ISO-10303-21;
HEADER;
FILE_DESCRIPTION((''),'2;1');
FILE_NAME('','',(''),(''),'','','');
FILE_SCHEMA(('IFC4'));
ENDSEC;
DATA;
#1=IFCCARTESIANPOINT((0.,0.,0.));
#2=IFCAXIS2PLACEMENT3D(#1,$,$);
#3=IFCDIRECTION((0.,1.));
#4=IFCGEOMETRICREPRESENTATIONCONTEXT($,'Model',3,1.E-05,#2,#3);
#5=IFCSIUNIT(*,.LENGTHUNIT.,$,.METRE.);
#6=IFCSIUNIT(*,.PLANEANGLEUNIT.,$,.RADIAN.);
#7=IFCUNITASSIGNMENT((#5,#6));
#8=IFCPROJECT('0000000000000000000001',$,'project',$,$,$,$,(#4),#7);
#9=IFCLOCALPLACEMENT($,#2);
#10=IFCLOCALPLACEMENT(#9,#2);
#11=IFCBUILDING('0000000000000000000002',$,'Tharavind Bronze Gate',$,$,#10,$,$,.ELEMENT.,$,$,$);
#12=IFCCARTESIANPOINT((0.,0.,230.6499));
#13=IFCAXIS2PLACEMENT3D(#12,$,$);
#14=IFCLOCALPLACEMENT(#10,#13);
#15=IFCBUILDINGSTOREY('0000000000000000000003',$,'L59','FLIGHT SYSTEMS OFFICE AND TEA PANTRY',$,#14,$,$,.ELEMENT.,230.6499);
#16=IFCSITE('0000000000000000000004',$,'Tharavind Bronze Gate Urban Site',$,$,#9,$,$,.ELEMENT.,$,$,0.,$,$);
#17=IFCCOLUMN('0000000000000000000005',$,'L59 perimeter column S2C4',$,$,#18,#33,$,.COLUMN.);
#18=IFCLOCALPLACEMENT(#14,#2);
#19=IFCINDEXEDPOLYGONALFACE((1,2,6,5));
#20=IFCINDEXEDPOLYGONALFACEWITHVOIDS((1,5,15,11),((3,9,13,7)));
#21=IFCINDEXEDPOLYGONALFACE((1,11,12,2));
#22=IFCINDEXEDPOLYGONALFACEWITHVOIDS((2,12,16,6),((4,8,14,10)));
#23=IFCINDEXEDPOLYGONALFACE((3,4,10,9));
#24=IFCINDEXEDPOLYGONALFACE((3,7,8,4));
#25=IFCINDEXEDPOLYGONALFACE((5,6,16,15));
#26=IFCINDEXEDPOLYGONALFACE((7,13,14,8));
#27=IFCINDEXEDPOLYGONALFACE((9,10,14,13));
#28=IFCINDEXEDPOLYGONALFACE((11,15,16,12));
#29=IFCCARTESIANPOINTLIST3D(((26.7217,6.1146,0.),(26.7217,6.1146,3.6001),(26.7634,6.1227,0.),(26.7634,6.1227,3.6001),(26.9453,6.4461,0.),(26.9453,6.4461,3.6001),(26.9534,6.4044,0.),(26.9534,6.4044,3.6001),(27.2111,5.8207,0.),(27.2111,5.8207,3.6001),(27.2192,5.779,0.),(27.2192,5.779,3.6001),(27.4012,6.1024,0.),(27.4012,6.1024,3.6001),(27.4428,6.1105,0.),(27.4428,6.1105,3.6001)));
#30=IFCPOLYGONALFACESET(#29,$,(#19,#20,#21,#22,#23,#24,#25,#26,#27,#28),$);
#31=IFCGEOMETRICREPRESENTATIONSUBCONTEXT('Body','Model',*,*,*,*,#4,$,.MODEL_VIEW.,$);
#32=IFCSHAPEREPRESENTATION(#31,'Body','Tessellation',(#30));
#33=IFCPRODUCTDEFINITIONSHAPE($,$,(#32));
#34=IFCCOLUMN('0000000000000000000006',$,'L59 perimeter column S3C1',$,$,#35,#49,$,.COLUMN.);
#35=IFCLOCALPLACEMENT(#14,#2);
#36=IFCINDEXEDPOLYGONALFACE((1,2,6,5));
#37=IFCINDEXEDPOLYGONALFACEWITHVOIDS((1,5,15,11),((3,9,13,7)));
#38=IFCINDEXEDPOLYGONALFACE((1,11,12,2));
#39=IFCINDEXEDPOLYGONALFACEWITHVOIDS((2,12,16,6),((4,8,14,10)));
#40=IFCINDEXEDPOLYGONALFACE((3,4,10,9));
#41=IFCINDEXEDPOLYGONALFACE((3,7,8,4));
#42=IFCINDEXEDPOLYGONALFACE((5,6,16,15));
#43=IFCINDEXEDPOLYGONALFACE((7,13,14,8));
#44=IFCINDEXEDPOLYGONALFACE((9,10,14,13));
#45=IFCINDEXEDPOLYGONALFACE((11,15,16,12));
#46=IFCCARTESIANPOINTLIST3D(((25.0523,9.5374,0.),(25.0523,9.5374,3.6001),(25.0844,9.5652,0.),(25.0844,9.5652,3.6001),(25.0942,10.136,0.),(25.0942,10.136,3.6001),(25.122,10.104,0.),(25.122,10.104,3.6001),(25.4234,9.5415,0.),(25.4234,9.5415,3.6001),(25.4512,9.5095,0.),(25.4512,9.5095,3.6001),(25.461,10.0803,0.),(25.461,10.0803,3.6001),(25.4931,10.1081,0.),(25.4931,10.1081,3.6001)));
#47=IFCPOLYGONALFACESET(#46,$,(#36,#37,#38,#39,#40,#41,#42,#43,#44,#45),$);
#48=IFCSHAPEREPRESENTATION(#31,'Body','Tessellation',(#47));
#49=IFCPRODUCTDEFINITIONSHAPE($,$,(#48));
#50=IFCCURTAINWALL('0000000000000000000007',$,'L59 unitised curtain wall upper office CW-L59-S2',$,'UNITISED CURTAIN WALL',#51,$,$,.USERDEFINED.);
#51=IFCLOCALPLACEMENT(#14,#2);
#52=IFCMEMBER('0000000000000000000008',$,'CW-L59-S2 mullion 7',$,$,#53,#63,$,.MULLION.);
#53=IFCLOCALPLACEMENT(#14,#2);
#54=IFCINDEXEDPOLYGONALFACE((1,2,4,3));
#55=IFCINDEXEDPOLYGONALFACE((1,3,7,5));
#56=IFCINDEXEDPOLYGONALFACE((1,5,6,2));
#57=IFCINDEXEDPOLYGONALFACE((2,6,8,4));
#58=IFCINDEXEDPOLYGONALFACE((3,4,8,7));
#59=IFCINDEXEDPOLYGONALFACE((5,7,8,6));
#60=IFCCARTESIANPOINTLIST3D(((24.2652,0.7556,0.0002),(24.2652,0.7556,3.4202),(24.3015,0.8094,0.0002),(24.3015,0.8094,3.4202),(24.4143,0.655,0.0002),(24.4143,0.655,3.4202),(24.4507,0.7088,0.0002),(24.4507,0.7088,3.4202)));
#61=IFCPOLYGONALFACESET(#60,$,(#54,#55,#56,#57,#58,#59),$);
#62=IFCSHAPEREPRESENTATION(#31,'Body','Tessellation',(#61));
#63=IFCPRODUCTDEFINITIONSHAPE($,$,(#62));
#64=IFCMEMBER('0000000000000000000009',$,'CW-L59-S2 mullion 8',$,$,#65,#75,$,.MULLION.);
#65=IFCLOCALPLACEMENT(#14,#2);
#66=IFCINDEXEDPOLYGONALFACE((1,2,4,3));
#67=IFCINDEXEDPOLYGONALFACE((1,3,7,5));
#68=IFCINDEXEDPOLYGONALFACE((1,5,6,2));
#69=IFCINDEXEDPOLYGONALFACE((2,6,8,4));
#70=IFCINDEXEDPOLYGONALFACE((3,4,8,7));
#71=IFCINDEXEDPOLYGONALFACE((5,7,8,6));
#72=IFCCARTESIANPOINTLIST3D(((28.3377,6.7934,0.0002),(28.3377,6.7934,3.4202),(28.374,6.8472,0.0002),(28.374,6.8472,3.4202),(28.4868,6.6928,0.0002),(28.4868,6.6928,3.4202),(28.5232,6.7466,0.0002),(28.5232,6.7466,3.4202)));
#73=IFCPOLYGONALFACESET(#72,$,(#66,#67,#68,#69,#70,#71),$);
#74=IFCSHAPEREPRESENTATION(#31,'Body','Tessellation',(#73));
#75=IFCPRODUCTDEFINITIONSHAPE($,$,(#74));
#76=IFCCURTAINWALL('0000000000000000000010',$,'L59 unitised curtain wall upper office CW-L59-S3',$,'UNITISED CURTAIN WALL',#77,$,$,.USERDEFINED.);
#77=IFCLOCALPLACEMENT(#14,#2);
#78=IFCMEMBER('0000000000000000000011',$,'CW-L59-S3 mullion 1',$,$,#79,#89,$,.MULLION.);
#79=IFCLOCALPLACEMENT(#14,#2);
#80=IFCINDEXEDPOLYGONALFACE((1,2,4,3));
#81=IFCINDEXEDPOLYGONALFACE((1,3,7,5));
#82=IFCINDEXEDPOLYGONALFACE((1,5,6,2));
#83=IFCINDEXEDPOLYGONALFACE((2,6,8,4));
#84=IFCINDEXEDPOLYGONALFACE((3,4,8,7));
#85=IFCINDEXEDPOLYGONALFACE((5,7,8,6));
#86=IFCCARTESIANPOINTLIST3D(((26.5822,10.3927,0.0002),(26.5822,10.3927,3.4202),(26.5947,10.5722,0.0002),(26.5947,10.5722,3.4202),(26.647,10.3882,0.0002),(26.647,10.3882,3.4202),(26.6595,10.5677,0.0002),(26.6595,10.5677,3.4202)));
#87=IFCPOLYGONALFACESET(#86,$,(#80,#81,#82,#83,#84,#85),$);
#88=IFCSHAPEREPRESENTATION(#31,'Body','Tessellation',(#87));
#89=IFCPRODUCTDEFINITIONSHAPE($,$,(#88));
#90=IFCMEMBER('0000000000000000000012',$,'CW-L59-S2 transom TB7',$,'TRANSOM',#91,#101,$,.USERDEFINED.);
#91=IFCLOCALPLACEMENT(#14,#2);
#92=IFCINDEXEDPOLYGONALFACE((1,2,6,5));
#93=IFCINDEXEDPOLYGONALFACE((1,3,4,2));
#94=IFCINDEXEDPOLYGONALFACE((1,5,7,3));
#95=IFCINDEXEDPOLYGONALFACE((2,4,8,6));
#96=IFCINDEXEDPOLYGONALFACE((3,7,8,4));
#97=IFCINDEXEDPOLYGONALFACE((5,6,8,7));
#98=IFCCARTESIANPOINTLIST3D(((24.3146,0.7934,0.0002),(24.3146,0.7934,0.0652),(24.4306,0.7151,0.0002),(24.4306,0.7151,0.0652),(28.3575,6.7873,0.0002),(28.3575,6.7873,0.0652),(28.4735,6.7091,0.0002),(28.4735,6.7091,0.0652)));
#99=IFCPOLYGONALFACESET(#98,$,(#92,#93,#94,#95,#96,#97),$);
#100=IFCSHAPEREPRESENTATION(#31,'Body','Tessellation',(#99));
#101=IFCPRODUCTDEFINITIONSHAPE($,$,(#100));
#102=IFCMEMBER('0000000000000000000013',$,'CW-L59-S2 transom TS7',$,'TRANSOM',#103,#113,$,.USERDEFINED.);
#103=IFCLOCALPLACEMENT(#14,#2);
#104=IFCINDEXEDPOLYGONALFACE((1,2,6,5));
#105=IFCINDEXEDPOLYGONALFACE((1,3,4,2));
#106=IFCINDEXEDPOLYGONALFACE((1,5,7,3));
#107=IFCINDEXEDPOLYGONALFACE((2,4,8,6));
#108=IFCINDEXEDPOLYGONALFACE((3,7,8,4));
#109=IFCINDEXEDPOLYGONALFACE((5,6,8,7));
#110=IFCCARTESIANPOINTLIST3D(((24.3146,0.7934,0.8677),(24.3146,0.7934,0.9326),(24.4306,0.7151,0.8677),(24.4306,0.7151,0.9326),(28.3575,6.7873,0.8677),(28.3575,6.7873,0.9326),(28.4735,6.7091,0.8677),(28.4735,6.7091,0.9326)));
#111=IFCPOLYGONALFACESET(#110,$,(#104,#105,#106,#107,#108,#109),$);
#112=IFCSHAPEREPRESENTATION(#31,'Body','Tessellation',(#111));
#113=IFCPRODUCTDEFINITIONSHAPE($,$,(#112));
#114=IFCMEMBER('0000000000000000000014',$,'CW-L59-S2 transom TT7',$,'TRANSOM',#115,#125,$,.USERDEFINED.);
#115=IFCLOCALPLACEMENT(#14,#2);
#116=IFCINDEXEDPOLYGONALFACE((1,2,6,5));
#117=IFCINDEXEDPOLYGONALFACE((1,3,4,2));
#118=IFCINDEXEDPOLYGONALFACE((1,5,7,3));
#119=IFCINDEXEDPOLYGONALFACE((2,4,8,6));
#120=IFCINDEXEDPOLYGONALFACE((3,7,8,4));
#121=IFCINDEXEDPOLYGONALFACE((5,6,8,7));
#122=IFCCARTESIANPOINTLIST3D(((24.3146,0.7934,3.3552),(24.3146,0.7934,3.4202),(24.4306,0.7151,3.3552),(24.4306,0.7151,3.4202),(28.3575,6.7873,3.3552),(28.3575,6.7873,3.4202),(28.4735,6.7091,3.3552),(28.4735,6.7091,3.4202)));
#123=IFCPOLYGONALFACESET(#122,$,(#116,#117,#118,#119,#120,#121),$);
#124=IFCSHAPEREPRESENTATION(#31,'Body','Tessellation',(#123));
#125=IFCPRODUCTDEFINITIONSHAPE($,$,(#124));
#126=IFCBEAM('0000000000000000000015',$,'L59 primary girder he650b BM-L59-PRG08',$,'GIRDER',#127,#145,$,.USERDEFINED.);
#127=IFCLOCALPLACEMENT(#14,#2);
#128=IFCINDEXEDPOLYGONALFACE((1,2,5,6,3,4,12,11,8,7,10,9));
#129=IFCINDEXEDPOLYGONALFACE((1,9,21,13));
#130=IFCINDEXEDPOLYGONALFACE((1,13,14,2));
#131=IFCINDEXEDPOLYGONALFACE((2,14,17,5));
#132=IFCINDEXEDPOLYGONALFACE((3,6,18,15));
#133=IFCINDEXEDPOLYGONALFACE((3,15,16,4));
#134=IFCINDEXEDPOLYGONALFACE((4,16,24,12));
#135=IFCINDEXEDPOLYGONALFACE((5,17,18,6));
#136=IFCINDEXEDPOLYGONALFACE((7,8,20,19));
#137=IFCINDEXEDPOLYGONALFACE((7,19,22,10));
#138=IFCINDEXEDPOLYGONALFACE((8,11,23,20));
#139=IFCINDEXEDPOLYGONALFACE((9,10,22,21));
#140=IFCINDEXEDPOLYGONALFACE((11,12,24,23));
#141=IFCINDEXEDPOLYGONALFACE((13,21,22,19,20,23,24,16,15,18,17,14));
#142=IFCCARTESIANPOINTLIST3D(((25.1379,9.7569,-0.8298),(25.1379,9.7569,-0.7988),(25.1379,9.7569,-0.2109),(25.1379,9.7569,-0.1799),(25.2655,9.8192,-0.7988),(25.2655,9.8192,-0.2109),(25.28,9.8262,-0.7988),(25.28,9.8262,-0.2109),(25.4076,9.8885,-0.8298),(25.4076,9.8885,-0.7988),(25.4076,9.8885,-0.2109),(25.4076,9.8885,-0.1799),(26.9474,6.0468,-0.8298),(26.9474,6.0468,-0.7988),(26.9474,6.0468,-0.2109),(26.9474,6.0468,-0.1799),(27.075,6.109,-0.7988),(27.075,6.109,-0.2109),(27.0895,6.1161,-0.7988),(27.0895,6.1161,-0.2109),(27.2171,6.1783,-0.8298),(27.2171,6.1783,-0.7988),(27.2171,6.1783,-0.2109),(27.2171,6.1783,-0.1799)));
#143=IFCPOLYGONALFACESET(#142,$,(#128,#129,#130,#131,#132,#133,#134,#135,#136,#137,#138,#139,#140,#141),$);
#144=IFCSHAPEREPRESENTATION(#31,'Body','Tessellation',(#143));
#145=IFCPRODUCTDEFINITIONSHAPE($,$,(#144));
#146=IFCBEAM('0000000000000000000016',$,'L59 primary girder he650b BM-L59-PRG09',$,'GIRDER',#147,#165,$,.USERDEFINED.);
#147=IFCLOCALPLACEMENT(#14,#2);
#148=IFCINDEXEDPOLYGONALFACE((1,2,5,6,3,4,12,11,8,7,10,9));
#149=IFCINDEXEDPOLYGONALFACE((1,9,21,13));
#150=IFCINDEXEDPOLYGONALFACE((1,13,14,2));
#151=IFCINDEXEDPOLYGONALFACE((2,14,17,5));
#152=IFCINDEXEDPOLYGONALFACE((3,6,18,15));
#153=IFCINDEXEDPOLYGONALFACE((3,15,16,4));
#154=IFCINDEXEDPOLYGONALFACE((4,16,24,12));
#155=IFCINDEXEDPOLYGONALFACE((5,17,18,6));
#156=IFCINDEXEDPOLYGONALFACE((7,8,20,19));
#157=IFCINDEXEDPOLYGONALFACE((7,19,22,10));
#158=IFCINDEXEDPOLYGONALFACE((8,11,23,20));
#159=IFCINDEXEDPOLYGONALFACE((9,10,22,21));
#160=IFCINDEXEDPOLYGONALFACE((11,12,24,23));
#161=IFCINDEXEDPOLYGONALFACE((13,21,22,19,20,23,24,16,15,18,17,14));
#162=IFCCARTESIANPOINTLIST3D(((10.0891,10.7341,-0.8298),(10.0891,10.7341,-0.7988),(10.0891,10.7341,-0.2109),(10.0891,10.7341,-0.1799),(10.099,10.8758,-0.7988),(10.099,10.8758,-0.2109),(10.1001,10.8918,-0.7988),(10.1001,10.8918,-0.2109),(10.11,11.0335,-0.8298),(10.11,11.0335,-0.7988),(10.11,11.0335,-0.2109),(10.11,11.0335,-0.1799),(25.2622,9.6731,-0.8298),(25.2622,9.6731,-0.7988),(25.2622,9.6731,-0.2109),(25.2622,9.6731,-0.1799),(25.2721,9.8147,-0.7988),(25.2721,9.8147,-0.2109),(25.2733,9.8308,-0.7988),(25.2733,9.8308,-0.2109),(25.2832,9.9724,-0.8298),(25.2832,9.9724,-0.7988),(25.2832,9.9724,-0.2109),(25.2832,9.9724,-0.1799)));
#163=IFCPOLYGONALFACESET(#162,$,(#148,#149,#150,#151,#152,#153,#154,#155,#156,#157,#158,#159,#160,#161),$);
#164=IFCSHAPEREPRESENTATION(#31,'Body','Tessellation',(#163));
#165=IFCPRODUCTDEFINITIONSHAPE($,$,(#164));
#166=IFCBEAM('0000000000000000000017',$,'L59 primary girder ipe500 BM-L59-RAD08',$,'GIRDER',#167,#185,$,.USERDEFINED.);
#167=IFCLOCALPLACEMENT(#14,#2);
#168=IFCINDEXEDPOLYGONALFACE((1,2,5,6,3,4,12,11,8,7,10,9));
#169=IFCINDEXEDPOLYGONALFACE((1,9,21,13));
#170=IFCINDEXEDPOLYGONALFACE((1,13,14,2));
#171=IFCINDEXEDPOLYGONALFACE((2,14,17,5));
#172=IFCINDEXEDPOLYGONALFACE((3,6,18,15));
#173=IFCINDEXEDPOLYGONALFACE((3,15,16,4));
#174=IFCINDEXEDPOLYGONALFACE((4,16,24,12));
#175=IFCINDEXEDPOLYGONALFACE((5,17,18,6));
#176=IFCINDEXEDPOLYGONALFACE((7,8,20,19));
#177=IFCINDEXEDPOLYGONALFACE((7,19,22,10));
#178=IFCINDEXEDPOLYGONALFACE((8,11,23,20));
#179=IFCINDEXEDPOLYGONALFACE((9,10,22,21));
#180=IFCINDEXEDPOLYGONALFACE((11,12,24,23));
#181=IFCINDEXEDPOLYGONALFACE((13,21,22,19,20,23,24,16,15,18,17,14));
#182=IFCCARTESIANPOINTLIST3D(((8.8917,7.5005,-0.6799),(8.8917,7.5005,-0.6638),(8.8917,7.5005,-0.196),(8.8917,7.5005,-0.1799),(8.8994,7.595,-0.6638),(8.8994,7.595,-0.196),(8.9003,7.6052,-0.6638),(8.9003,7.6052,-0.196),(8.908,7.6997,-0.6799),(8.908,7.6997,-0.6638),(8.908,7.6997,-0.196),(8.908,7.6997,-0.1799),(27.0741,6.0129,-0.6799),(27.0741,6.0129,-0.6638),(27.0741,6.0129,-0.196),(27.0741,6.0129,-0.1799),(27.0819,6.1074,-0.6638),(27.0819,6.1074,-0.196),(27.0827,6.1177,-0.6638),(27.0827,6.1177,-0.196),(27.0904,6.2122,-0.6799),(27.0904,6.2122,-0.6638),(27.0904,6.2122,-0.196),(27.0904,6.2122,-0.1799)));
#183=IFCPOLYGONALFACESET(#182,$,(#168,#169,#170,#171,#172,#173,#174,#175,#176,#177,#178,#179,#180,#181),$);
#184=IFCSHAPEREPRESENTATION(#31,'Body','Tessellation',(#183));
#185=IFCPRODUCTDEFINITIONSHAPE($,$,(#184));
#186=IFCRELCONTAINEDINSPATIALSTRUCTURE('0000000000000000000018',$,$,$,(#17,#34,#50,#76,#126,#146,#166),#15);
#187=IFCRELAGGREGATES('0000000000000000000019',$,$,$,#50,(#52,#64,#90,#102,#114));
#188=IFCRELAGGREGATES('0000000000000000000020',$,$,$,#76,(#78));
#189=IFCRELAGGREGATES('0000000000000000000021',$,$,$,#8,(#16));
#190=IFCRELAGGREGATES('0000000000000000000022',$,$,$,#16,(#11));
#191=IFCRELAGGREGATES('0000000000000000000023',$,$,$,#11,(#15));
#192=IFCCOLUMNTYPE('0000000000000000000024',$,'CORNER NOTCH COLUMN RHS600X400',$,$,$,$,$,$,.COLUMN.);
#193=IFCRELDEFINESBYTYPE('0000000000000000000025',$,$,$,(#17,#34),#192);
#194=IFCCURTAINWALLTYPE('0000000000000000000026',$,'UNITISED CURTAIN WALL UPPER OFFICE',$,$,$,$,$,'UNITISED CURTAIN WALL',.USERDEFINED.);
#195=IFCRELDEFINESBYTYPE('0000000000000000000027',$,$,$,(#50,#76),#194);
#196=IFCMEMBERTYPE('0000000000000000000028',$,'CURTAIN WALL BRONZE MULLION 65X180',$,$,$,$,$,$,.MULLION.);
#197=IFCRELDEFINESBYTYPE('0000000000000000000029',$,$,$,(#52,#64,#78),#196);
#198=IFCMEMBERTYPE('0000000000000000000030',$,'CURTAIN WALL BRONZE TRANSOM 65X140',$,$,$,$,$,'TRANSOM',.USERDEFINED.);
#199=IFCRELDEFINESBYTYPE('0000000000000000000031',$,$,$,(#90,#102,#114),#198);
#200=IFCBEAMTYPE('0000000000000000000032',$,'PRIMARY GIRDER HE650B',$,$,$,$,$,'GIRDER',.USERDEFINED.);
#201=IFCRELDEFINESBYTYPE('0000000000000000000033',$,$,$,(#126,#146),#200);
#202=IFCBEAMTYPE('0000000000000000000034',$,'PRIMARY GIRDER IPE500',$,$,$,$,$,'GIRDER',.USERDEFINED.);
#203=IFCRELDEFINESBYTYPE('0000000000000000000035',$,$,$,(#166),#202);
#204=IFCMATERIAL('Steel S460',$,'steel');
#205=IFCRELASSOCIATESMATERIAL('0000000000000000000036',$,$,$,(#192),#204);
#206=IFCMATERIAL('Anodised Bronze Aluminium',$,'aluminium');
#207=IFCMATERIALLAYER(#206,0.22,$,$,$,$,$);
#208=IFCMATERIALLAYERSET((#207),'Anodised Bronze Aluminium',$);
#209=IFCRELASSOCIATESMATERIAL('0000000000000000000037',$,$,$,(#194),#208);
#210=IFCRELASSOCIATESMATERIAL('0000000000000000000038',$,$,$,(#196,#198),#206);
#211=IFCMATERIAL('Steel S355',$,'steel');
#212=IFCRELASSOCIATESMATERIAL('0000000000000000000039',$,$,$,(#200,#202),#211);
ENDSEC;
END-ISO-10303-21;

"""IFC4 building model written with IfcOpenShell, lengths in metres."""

from ifc_helpers import new_model, si_unit, direction, frame, origin, origin_2d, place, context, subcontext, project, spatial, rectangle, hollow_rectangle, i_section, extrude, material, layer, layer_set, material_profile, profile_set, type_object, element, aggregate, save


model = new_model("IFC4")

# Units and contexts
model_context = context("Model", 3, precision=1e-05, world=origin(), true_north=direction((0.0, 1.0)))
body_context = subcontext(model_context, "Body", "Model", "MODEL_VIEW")
ifc_project = project(units=[si_unit("LENGTHUNIT", "METRE"), si_unit("PLANEANGLEUNIT", "RADIAN")], contexts=[model_context])

# Site, building, storey
site_placement = place(None, origin())
site = spatial("IfcSite", under=ifc_project, at=site_placement, Name="Tharavind Bronze Gate Urban Site", CompositionType="ELEMENT", RefElevation=0.0)
building_placement = place(site_placement, origin())
building = spatial("IfcBuilding", under=site, at=building_placement, Name="Tharavind Bronze Gate", CompositionType="ELEMENT")
storey_placement = place(building_placement, frame((0.0, 0.0, 230.6499)))
storey = spatial("IfcBuildingStorey", under=building, at=storey_placement, Name="L59", Description="FLIGHT SYSTEMS OFFICE AND TEA PANTRY", CompositionType="ELEMENT", Elevation=230.6499)

# Columns
ifc_material_1 = material(Name="Steel S460", Category="steel")
ifc_material_profile_1 = material_profile(ifc_material_1, hollow_rectangle(XDim=0.3999, YDim=0.6001, WallThickness=0.03, at=origin_2d()), Name="RHS600X400X30")
ifc_profile_set_1 = profile_set([ifc_material_profile_1], Name="Steel S460")
column_type = type_object("IfcColumnType", Name="CORNER NOTCH COLUMN RHS600X400", PredefinedType="COLUMN", material=ifc_profile_set_1)
for number, where, z_axis, x_axis, name in (
    (1, (27.0823, 6.1125, 0.0), (0.0, 0.0, 1.0), (0.559194, 0.829037, 0.0), "L59 perimeter column S2C4"),
    (2, (25.2727, 9.8228, 0.0), (0.0, 0.0, 1.0), (-0.997564, 0.069756, 0.0), "L59 perimeter column S3C1"),
):
    element("IfcColumn", number, at=place(storey_placement, frame(where, z_axis=z_axis, x_axis=x_axis)), inside=storey, type_object=column_type, Name=name, PredefinedType="COLUMN", context=body_context, shape_type="SweptSolid", body=[
        extrude(hollow_rectangle(XDim=0.3999, YDim=0.6001, WallThickness=0.03, at=origin_2d()), origin(), (0.0, 0.0, 1.0), 3.6001),
    ])

# Curtain wall, members
ifc_material_2 = material(Name="Anodised Bronze Aluminium", Category="aluminium")
ifc_layer_1 = layer(ifc_material_2, 0.22)
ifc_layer_set_1 = layer_set([ifc_layer_1], Name="Anodised Bronze Aluminium")
curtain_wall_type = type_object("IfcCurtainWallType", Name="UNITISED CURTAIN WALL UPPER OFFICE", ElementType="UNITISED CURTAIN WALL", PredefinedType="USERDEFINED", material=ifc_layer_set_1)
curtain_wall_1_placement = place(storey_placement, origin())
curtain_wall_1 = element("IfcCurtainWall", 3, at=curtain_wall_1_placement, inside=storey, type_object=curtain_wall_type, Name="L59 unitised curtain wall upper office CW-L59-S2", ObjectType="UNITISED CURTAIN WALL", PredefinedType="USERDEFINED")
member_type_1 = type_object("IfcMemberType", Name="CURTAIN WALL BRONZE MULLION 65X180", PredefinedType="MULLION", material=ifc_material_2)
member_1_placement = place(storey_placement, frame((24.3579, 0.7322, 0.0002), z_axis=(0.0, 0.0, 1.0), x_axis=(0.559193, 0.829038, 0.0)))
member_1 = element("IfcMember", 4, at=member_1_placement, type_object=member_type_1, Name="CW-L59-S2 mullion 7", PredefinedType="MULLION", context=body_context, shape_type="SweptSolid", body=[
    extrude(rectangle(XDim=0.0649, YDim=0.1799, at=origin_2d()), origin(), (0.0, 0.0, 1.0), 3.4199),
])
member_2_placement = place(storey_placement, frame((28.4304, 6.77, 0.0002), z_axis=(0.0, 0.0, 1.0), x_axis=(0.559193, 0.829038, 0.0)))
member_2 = element("IfcMember", 5, at=member_2_placement, type_object=member_type_1, Name="CW-L59-S2 mullion 8", PredefinedType="MULLION", context=body_context, shape_type="SweptSolid", body=[
    extrude(rectangle(XDim=0.0649, YDim=0.1799, at=origin_2d()), origin(), (0.0, 0.0, 1.0), 3.4199),
])

# Curtain wall, member
curtain_wall_2_placement = place(storey_placement, origin())
curtain_wall_2 = element("IfcCurtainWall", 6, at=curtain_wall_2_placement, inside=storey, type_object=curtain_wall_type, Name="L59 unitised curtain wall upper office CW-L59-S3", ObjectType="UNITISED CURTAIN WALL", PredefinedType="USERDEFINED")
member_3_placement = place(storey_placement, frame((26.6208, 10.4802, 0.0002), z_axis=(0.0, 0.0, 1.0), x_axis=(-0.997564, 0.069758, 0.0)))
member_3 = element("IfcMember", 7, at=member_3_placement, type_object=member_type_1, Name="CW-L59-S3 mullion 1", PredefinedType="MULLION", context=body_context, shape_type="SweptSolid", body=[
    extrude(rectangle(XDim=0.0649, YDim=0.1799, at=origin_2d()), origin(), (0.0, 0.0, 1.0), 3.4199),
])

# Members
member_type_2 = type_object("IfcMemberType", Name="CURTAIN WALL BRONZE TRANSOM 65X140", ElementType="TRANSOM", PredefinedType="USERDEFINED", material=ifc_material_2)
member_4_placement = place(storey_placement, frame((26.394, 3.7512, 0.0002), z_axis=(0.0, 0.0, 1.0), x_axis=(0.559193, 0.829038, 0.0)))
member_4 = element("IfcMember", 8, at=member_4_placement, type_object=member_type_2, Name="CW-L59-S2 transom TB7", ObjectType="TRANSOM", PredefinedType="USERDEFINED", context=body_context, shape_type="SweptSolid", body=[
    extrude(rectangle(XDim=7.23, YDim=0.1399, at=origin_2d()), origin(), (0.0, 0.0, 1.0), 0.0649),
])
member_5_placement = place(storey_placement, frame((26.394, 3.7512, 0.8677), z_axis=(0.0, 0.0, 1.0), x_axis=(0.559193, 0.829038, 0.0)))
member_5 = element("IfcMember", 9, at=member_5_placement, type_object=member_type_2, Name="CW-L59-S2 transom TS7", ObjectType="TRANSOM", PredefinedType="USERDEFINED", context=body_context, shape_type="SweptSolid", body=[
    extrude(rectangle(XDim=7.23, YDim=0.1399, at=origin_2d()), origin(), (0.0, 0.0, 1.0), 0.0649),
])
member_6_placement = place(storey_placement, frame((26.394, 3.7512, 3.3552), z_axis=(0.0, 0.0, 1.0), x_axis=(0.559193, 0.829038, 0.0)))
member_6 = element("IfcMember", 10, at=member_6_placement, type_object=member_type_2, Name="CW-L59-S2 transom TT7", ObjectType="TRANSOM", PredefinedType="USERDEFINED", context=body_context, shape_type="SweptSolid", body=[
    extrude(rectangle(XDim=7.23, YDim=0.1399, at=origin_2d()), origin(), (0.0, 0.0, 1.0), 0.0649),
])

# Beams
ifc_material_3 = material(Name="Steel S355", Category="steel")
ifc_material_profile_2 = material_profile(ifc_material_3, i_section(OverallWidth=0.3, OverallDepth=0.6499, WebThickness=0.0161, FlangeThickness=0.031, at=origin_2d()), Name="HE650B")
ifc_profile_set_2 = profile_set([ifc_material_profile_2], Name="Steel S355")
beam_type_1 = type_object("IfcBeamType", Name="PRIMARY GIRDER HE650B", ElementType="GIRDER", PredefinedType="USERDEFINED", material=ifc_profile_set_2)
beam_1_placement = place(storey_placement, frame((27.0823, 6.1125, -0.5049), z_axis=(-0.438368, 0.898796, 0.0), x_axis=(-0.898796, -0.438368, 0.0)))
element("IfcBeam", 11, at=beam_1_placement, inside=storey, type_object=beam_type_1, Name="L59 primary girder he650b BM-L59-PRG08", ObjectType="GIRDER", PredefinedType="USERDEFINED", context=body_context, shape_type="SweptSolid", body=[
    extrude(i_section(OverallWidth=0.3, OverallDepth=0.6499, WebThickness=0.0161, FlangeThickness=0.031, at=origin_2d()), origin(), (0.0, 0.0, 1.0), 4.1279),
])
beam_2_placement = place(storey_placement, frame((25.2727, 9.8228, -0.5049), z_axis=(-0.997564, 0.069758, 0.0), x_axis=(-0.069758, -0.997564, 0.0)))
element("IfcBeam", 12, at=beam_2_placement, inside=storey, type_object=beam_type_1, Name="L59 primary girder he650b BM-L59-PRG09", ObjectType="GIRDER", PredefinedType="USERDEFINED", context=body_context, shape_type="SweptSolid", body=[
    extrude(i_section(OverallWidth=0.3, OverallDepth=0.6499, WebThickness=0.0161, FlangeThickness=0.031, at=origin_2d()), origin(), (0.0, 0.0, 1.0), 15.2102),
])
ifc_material_profile_3 = material_profile(ifc_material_3, i_section(OverallWidth=0.2, OverallDepth=0.5, WebThickness=0.0103, FlangeThickness=0.0161, at=origin_2d()), Name="IPE500")
ifc_profile_set_3 = profile_set([ifc_material_profile_3], Name="Steel S355")
beam_type_2 = type_object("IfcBeamType", Name="PRIMARY GIRDER IPE500", ElementType="GIRDER", PredefinedType="USERDEFINED", material=ifc_profile_set_3)
beam_3_placement = place(storey_placement, frame((27.0823, 6.1125, -0.4299), z_axis=(-0.99667, 0.08154, 0.0), x_axis=(-0.08154, -0.99667, 0.0)))
element("IfcBeam", 13, at=beam_3_placement, inside=storey, type_object=beam_type_2, Name="L59 primary girder ipe500 BM-L59-RAD08", ObjectType="GIRDER", PredefinedType="USERDEFINED", context=body_context, shape_type="SweptSolid", body=[
    extrude(i_section(OverallWidth=0.2, OverallDepth=0.5, WebThickness=0.0103, FlangeThickness=0.0161, at=origin_2d()), origin(), (0.0, 0.0, 1.0), 18.2432),
])

aggregate(curtain_wall_1, [member_1, member_2, member_4, member_5, member_6])
aggregate(curtain_wall_2, [member_3])

save(model, "model.ifc")
